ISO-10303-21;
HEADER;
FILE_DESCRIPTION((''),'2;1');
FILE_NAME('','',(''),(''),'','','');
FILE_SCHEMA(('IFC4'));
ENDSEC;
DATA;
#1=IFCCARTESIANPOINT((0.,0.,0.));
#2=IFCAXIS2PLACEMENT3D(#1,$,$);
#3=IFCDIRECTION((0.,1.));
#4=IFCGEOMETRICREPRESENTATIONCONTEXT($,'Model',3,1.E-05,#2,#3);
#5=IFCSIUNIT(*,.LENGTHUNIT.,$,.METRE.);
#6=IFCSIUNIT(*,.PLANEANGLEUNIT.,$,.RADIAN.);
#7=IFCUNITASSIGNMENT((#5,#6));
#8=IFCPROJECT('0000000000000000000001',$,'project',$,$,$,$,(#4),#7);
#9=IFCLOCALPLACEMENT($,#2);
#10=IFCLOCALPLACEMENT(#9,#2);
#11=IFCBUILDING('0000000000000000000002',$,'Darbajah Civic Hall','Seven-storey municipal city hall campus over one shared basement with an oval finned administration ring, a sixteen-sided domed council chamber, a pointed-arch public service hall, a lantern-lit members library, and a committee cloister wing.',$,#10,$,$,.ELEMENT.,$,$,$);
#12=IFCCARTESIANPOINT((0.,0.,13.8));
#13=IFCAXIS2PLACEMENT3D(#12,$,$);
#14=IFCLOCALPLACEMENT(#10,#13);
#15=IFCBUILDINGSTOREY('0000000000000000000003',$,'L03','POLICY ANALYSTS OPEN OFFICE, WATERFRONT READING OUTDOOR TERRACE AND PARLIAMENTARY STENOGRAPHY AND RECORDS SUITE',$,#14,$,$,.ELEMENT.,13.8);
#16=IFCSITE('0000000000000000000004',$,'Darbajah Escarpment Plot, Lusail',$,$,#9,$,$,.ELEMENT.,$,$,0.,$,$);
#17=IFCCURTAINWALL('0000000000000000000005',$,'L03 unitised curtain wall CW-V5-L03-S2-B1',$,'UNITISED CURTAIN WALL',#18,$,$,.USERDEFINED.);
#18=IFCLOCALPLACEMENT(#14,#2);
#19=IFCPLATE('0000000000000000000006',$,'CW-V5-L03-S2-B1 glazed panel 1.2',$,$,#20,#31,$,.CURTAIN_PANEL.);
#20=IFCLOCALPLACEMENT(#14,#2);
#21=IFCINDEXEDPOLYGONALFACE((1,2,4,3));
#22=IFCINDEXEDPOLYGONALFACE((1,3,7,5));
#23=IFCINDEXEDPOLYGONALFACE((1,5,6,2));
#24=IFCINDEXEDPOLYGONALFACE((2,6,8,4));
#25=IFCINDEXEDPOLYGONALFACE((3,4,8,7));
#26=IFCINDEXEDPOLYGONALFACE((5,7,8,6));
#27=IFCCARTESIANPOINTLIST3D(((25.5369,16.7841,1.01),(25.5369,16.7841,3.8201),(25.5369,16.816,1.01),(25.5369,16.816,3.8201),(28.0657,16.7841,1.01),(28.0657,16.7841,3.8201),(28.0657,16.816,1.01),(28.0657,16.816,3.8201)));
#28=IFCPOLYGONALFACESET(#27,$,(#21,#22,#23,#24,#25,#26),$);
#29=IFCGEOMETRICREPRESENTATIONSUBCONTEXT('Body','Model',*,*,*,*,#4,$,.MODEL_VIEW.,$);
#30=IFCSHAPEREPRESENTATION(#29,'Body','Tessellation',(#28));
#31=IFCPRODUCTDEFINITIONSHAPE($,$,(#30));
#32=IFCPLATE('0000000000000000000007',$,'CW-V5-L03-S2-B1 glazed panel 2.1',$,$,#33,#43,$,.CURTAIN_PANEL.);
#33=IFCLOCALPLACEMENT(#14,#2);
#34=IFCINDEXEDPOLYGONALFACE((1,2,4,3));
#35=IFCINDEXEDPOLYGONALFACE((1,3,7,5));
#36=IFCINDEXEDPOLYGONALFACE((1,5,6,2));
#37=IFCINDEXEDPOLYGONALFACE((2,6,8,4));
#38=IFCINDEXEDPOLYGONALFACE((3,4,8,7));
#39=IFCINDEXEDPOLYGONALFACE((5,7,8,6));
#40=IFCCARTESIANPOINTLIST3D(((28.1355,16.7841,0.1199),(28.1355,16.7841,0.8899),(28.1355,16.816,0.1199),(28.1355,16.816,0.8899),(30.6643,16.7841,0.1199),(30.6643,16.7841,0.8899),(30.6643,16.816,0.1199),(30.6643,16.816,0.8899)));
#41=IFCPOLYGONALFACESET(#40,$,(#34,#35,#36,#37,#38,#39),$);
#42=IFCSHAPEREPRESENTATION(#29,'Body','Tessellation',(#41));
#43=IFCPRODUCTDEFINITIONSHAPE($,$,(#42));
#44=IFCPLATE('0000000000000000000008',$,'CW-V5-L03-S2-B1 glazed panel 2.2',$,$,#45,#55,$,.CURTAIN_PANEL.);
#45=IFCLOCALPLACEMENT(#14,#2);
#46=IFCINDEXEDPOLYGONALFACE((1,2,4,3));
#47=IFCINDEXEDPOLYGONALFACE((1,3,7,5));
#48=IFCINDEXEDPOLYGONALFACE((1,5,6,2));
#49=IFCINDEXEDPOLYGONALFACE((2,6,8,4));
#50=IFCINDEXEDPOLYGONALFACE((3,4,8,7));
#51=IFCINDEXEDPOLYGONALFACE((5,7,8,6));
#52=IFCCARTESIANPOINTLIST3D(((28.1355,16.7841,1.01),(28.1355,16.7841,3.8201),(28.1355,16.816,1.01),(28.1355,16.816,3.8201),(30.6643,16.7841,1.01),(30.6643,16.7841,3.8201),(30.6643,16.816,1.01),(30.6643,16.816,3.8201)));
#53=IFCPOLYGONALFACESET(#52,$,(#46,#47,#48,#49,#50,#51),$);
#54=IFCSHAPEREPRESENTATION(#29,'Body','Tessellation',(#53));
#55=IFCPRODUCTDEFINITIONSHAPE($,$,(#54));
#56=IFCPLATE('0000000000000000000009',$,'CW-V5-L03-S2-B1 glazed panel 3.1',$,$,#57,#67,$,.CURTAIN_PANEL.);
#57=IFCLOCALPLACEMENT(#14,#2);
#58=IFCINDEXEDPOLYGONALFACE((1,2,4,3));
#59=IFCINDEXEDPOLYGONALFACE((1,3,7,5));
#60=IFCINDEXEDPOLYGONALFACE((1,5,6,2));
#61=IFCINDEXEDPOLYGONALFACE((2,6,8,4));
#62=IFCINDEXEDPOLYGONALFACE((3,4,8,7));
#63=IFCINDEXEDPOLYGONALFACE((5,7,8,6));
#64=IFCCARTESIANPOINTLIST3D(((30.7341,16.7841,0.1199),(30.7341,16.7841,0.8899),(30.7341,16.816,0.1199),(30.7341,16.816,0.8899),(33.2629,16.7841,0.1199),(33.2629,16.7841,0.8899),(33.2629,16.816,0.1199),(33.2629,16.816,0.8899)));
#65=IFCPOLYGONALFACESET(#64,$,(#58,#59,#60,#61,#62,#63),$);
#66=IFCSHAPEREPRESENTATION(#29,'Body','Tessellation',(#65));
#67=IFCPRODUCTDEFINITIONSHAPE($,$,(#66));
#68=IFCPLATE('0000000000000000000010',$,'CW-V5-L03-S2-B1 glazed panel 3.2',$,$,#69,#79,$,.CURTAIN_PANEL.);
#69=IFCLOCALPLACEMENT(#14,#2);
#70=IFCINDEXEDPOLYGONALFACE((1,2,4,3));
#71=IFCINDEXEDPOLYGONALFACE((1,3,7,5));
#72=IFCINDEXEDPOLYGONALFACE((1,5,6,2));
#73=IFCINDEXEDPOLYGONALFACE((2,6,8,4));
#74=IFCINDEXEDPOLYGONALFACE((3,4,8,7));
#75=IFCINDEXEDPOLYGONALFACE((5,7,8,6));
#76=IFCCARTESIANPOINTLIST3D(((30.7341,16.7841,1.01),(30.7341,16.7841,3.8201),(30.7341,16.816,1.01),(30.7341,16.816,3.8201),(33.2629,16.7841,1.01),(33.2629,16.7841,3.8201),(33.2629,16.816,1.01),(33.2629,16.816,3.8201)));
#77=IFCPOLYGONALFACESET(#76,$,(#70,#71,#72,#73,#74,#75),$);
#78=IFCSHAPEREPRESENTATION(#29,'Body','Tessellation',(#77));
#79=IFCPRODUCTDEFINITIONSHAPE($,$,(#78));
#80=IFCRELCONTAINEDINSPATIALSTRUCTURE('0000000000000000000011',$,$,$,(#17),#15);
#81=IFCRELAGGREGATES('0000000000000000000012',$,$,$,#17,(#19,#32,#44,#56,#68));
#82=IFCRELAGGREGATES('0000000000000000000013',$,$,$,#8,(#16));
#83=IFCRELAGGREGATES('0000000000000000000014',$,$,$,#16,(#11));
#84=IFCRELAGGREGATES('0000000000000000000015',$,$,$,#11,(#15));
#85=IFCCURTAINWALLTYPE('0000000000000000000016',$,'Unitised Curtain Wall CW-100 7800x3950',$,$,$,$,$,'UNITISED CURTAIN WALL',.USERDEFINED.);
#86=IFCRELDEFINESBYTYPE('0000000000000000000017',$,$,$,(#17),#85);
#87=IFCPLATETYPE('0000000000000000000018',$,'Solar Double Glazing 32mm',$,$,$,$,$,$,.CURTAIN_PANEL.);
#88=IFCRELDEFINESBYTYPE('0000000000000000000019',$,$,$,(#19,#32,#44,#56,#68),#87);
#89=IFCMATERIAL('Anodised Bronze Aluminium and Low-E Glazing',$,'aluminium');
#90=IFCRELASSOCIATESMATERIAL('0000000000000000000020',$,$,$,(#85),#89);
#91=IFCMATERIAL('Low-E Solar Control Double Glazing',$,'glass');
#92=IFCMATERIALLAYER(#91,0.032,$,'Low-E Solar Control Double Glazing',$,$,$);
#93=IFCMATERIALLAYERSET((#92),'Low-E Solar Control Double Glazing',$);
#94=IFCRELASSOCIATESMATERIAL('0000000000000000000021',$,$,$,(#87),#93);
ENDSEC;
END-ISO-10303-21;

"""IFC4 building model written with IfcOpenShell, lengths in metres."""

from ifc_helpers import new_model, si_unit, direction, frame, origin, origin_2d, place, context, subcontext, project, spatial, rectangle, extrude, material, layer, layer_set, type_object, element, aggregate, save


model = new_model("IFC4")

# Units and contexts
model_context = context("Model", 3, precision=1e-05, world=origin(), true_north=direction((0.0, 1.0)))
body_context = subcontext(model_context, "Body", "Model", "MODEL_VIEW")
ifc_project = project(units=[si_unit("LENGTHUNIT", "METRE"), si_unit("PLANEANGLEUNIT", "RADIAN")], contexts=[model_context])

# Site, building, storey
site_placement = place(None, origin())
site = spatial("IfcSite", under=ifc_project, at=site_placement, Name="Darbajah Escarpment Plot, Lusail", CompositionType="ELEMENT", RefElevation=0.0)
building_placement = place(site_placement, origin())
building = spatial("IfcBuilding", under=site, at=building_placement, Name="Darbajah Civic Hall", Description="Seven-storey municipal city hall campus over one shared basement with an oval finned administration ring, a sixteen-sided domed council chamber, a pointed-arch public service hall, a lantern-lit members library, and a committee cloister wing.", CompositionType="ELEMENT")
storey_placement = place(building_placement, frame((0.0, 0.0, 13.8)))
storey = spatial("IfcBuildingStorey", under=building, at=storey_placement, Name="L03", Description="POLICY ANALYSTS OPEN OFFICE, WATERFRONT READING OUTDOOR TERRACE AND PARLIAMENTARY STENOGRAPHY AND RECORDS SUITE", CompositionType="ELEMENT", Elevation=13.8)

# Curtain wall
ifc_material_1 = material(Name="Anodised Bronze Aluminium and Low-E Glazing", Category="aluminium")
curtain_wall_type = type_object("IfcCurtainWallType", Name="Unitised Curtain Wall CW-100 7800x3950", ElementType="UNITISED CURTAIN WALL", PredefinedType="USERDEFINED", material=ifc_material_1)
curtain_wall_1_placement = place(storey_placement, origin())
curtain_wall_1 = element("IfcCurtainWall", 1, at=curtain_wall_1_placement, inside=storey, type_object=curtain_wall_type, Name="L03 unitised curtain wall CW-V5-L03-S2-B1", ObjectType="UNITISED CURTAIN WALL", PredefinedType="USERDEFINED")

# Plates
ifc_material_2 = material(Name="Low-E Solar Control Double Glazing", Category="glass")
ifc_layer = layer(ifc_material_2, 0.032, Name="Low-E Solar Control Double Glazing")
ifc_layer_set = layer_set([ifc_layer], Name="Low-E Solar Control Double Glazing")
plate_type = type_object("IfcPlateType", Name="Solar Double Glazing 32mm", PredefinedType="CURTAIN_PANEL", material=ifc_layer_set)
plate_1_placement = place(storey_placement, frame((26.8013, 16.8, 1.01), z_axis=(0.0, 0.0, 1.0), x_axis=(1.0, 0.0, 0.0)))
plate_1 = element("IfcPlate", 2, at=plate_1_placement, type_object=plate_type, Name="CW-V5-L03-S2-B1 glazed panel 1.2", PredefinedType="CURTAIN_PANEL", context=body_context, shape_type="SweptSolid", body=[
    extrude(rectangle(XDim=2.5288, YDim=0.032, at=origin_2d()), origin(), (0.0, 0.0, 1.0), 2.8101),
])
plate_2_placement = place(storey_placement, frame((29.3999, 16.8, 0.1199), z_axis=(0.0, 0.0, 1.0), x_axis=(1.0, 0.0, 0.0)))
plate_2 = element("IfcPlate", 3, at=plate_2_placement, type_object=plate_type, Name="CW-V5-L03-S2-B1 glazed panel 2.1", PredefinedType="CURTAIN_PANEL", context=body_context, shape_type="SweptSolid", body=[
    extrude(rectangle(XDim=2.5288, YDim=0.032, at=origin_2d()), origin(), (0.0, 0.0, 1.0), 0.77),
])
plate_3_placement = place(storey_placement, frame((29.3999, 16.8, 1.01), z_axis=(0.0, 0.0, 1.0), x_axis=(1.0, 0.0, 0.0)))
plate_3 = element("IfcPlate", 4, at=plate_3_placement, type_object=plate_type, Name="CW-V5-L03-S2-B1 glazed panel 2.2", PredefinedType="CURTAIN_PANEL", context=body_context, shape_type="SweptSolid", body=[
    extrude(rectangle(XDim=2.5288, YDim=0.032, at=origin_2d()), origin(), (0.0, 0.0, 1.0), 2.8101),
])
plate_4_placement = place(storey_placement, frame((31.9985, 16.8, 0.1199), z_axis=(0.0, 0.0, 1.0), x_axis=(1.0, 0.0, 0.0)))
plate_4 = element("IfcPlate", 5, at=plate_4_placement, type_object=plate_type, Name="CW-V5-L03-S2-B1 glazed panel 3.1", PredefinedType="CURTAIN_PANEL", context=body_context, shape_type="SweptSolid", body=[
    extrude(rectangle(XDim=2.5288, YDim=0.032, at=origin_2d()), origin(), (0.0, 0.0, 1.0), 0.77),
])
plate_5_placement = place(storey_placement, frame((31.9985, 16.8, 1.01), z_axis=(0.0, 0.0, 1.0), x_axis=(1.0, 0.0, 0.0)))
plate_5 = element("IfcPlate", 6, at=plate_5_placement, type_object=plate_type, Name="CW-V5-L03-S2-B1 glazed panel 3.2", PredefinedType="CURTAIN_PANEL", context=body_context, shape_type="SweptSolid", body=[
    extrude(rectangle(XDim=2.5288, YDim=0.032, at=origin_2d()), origin(), (0.0, 0.0, 1.0), 2.8101),
])
aggregate(curtain_wall_1, [plate_1, plate_2, plate_3, plate_4, plate_5])

save(model, "model.ifc")
